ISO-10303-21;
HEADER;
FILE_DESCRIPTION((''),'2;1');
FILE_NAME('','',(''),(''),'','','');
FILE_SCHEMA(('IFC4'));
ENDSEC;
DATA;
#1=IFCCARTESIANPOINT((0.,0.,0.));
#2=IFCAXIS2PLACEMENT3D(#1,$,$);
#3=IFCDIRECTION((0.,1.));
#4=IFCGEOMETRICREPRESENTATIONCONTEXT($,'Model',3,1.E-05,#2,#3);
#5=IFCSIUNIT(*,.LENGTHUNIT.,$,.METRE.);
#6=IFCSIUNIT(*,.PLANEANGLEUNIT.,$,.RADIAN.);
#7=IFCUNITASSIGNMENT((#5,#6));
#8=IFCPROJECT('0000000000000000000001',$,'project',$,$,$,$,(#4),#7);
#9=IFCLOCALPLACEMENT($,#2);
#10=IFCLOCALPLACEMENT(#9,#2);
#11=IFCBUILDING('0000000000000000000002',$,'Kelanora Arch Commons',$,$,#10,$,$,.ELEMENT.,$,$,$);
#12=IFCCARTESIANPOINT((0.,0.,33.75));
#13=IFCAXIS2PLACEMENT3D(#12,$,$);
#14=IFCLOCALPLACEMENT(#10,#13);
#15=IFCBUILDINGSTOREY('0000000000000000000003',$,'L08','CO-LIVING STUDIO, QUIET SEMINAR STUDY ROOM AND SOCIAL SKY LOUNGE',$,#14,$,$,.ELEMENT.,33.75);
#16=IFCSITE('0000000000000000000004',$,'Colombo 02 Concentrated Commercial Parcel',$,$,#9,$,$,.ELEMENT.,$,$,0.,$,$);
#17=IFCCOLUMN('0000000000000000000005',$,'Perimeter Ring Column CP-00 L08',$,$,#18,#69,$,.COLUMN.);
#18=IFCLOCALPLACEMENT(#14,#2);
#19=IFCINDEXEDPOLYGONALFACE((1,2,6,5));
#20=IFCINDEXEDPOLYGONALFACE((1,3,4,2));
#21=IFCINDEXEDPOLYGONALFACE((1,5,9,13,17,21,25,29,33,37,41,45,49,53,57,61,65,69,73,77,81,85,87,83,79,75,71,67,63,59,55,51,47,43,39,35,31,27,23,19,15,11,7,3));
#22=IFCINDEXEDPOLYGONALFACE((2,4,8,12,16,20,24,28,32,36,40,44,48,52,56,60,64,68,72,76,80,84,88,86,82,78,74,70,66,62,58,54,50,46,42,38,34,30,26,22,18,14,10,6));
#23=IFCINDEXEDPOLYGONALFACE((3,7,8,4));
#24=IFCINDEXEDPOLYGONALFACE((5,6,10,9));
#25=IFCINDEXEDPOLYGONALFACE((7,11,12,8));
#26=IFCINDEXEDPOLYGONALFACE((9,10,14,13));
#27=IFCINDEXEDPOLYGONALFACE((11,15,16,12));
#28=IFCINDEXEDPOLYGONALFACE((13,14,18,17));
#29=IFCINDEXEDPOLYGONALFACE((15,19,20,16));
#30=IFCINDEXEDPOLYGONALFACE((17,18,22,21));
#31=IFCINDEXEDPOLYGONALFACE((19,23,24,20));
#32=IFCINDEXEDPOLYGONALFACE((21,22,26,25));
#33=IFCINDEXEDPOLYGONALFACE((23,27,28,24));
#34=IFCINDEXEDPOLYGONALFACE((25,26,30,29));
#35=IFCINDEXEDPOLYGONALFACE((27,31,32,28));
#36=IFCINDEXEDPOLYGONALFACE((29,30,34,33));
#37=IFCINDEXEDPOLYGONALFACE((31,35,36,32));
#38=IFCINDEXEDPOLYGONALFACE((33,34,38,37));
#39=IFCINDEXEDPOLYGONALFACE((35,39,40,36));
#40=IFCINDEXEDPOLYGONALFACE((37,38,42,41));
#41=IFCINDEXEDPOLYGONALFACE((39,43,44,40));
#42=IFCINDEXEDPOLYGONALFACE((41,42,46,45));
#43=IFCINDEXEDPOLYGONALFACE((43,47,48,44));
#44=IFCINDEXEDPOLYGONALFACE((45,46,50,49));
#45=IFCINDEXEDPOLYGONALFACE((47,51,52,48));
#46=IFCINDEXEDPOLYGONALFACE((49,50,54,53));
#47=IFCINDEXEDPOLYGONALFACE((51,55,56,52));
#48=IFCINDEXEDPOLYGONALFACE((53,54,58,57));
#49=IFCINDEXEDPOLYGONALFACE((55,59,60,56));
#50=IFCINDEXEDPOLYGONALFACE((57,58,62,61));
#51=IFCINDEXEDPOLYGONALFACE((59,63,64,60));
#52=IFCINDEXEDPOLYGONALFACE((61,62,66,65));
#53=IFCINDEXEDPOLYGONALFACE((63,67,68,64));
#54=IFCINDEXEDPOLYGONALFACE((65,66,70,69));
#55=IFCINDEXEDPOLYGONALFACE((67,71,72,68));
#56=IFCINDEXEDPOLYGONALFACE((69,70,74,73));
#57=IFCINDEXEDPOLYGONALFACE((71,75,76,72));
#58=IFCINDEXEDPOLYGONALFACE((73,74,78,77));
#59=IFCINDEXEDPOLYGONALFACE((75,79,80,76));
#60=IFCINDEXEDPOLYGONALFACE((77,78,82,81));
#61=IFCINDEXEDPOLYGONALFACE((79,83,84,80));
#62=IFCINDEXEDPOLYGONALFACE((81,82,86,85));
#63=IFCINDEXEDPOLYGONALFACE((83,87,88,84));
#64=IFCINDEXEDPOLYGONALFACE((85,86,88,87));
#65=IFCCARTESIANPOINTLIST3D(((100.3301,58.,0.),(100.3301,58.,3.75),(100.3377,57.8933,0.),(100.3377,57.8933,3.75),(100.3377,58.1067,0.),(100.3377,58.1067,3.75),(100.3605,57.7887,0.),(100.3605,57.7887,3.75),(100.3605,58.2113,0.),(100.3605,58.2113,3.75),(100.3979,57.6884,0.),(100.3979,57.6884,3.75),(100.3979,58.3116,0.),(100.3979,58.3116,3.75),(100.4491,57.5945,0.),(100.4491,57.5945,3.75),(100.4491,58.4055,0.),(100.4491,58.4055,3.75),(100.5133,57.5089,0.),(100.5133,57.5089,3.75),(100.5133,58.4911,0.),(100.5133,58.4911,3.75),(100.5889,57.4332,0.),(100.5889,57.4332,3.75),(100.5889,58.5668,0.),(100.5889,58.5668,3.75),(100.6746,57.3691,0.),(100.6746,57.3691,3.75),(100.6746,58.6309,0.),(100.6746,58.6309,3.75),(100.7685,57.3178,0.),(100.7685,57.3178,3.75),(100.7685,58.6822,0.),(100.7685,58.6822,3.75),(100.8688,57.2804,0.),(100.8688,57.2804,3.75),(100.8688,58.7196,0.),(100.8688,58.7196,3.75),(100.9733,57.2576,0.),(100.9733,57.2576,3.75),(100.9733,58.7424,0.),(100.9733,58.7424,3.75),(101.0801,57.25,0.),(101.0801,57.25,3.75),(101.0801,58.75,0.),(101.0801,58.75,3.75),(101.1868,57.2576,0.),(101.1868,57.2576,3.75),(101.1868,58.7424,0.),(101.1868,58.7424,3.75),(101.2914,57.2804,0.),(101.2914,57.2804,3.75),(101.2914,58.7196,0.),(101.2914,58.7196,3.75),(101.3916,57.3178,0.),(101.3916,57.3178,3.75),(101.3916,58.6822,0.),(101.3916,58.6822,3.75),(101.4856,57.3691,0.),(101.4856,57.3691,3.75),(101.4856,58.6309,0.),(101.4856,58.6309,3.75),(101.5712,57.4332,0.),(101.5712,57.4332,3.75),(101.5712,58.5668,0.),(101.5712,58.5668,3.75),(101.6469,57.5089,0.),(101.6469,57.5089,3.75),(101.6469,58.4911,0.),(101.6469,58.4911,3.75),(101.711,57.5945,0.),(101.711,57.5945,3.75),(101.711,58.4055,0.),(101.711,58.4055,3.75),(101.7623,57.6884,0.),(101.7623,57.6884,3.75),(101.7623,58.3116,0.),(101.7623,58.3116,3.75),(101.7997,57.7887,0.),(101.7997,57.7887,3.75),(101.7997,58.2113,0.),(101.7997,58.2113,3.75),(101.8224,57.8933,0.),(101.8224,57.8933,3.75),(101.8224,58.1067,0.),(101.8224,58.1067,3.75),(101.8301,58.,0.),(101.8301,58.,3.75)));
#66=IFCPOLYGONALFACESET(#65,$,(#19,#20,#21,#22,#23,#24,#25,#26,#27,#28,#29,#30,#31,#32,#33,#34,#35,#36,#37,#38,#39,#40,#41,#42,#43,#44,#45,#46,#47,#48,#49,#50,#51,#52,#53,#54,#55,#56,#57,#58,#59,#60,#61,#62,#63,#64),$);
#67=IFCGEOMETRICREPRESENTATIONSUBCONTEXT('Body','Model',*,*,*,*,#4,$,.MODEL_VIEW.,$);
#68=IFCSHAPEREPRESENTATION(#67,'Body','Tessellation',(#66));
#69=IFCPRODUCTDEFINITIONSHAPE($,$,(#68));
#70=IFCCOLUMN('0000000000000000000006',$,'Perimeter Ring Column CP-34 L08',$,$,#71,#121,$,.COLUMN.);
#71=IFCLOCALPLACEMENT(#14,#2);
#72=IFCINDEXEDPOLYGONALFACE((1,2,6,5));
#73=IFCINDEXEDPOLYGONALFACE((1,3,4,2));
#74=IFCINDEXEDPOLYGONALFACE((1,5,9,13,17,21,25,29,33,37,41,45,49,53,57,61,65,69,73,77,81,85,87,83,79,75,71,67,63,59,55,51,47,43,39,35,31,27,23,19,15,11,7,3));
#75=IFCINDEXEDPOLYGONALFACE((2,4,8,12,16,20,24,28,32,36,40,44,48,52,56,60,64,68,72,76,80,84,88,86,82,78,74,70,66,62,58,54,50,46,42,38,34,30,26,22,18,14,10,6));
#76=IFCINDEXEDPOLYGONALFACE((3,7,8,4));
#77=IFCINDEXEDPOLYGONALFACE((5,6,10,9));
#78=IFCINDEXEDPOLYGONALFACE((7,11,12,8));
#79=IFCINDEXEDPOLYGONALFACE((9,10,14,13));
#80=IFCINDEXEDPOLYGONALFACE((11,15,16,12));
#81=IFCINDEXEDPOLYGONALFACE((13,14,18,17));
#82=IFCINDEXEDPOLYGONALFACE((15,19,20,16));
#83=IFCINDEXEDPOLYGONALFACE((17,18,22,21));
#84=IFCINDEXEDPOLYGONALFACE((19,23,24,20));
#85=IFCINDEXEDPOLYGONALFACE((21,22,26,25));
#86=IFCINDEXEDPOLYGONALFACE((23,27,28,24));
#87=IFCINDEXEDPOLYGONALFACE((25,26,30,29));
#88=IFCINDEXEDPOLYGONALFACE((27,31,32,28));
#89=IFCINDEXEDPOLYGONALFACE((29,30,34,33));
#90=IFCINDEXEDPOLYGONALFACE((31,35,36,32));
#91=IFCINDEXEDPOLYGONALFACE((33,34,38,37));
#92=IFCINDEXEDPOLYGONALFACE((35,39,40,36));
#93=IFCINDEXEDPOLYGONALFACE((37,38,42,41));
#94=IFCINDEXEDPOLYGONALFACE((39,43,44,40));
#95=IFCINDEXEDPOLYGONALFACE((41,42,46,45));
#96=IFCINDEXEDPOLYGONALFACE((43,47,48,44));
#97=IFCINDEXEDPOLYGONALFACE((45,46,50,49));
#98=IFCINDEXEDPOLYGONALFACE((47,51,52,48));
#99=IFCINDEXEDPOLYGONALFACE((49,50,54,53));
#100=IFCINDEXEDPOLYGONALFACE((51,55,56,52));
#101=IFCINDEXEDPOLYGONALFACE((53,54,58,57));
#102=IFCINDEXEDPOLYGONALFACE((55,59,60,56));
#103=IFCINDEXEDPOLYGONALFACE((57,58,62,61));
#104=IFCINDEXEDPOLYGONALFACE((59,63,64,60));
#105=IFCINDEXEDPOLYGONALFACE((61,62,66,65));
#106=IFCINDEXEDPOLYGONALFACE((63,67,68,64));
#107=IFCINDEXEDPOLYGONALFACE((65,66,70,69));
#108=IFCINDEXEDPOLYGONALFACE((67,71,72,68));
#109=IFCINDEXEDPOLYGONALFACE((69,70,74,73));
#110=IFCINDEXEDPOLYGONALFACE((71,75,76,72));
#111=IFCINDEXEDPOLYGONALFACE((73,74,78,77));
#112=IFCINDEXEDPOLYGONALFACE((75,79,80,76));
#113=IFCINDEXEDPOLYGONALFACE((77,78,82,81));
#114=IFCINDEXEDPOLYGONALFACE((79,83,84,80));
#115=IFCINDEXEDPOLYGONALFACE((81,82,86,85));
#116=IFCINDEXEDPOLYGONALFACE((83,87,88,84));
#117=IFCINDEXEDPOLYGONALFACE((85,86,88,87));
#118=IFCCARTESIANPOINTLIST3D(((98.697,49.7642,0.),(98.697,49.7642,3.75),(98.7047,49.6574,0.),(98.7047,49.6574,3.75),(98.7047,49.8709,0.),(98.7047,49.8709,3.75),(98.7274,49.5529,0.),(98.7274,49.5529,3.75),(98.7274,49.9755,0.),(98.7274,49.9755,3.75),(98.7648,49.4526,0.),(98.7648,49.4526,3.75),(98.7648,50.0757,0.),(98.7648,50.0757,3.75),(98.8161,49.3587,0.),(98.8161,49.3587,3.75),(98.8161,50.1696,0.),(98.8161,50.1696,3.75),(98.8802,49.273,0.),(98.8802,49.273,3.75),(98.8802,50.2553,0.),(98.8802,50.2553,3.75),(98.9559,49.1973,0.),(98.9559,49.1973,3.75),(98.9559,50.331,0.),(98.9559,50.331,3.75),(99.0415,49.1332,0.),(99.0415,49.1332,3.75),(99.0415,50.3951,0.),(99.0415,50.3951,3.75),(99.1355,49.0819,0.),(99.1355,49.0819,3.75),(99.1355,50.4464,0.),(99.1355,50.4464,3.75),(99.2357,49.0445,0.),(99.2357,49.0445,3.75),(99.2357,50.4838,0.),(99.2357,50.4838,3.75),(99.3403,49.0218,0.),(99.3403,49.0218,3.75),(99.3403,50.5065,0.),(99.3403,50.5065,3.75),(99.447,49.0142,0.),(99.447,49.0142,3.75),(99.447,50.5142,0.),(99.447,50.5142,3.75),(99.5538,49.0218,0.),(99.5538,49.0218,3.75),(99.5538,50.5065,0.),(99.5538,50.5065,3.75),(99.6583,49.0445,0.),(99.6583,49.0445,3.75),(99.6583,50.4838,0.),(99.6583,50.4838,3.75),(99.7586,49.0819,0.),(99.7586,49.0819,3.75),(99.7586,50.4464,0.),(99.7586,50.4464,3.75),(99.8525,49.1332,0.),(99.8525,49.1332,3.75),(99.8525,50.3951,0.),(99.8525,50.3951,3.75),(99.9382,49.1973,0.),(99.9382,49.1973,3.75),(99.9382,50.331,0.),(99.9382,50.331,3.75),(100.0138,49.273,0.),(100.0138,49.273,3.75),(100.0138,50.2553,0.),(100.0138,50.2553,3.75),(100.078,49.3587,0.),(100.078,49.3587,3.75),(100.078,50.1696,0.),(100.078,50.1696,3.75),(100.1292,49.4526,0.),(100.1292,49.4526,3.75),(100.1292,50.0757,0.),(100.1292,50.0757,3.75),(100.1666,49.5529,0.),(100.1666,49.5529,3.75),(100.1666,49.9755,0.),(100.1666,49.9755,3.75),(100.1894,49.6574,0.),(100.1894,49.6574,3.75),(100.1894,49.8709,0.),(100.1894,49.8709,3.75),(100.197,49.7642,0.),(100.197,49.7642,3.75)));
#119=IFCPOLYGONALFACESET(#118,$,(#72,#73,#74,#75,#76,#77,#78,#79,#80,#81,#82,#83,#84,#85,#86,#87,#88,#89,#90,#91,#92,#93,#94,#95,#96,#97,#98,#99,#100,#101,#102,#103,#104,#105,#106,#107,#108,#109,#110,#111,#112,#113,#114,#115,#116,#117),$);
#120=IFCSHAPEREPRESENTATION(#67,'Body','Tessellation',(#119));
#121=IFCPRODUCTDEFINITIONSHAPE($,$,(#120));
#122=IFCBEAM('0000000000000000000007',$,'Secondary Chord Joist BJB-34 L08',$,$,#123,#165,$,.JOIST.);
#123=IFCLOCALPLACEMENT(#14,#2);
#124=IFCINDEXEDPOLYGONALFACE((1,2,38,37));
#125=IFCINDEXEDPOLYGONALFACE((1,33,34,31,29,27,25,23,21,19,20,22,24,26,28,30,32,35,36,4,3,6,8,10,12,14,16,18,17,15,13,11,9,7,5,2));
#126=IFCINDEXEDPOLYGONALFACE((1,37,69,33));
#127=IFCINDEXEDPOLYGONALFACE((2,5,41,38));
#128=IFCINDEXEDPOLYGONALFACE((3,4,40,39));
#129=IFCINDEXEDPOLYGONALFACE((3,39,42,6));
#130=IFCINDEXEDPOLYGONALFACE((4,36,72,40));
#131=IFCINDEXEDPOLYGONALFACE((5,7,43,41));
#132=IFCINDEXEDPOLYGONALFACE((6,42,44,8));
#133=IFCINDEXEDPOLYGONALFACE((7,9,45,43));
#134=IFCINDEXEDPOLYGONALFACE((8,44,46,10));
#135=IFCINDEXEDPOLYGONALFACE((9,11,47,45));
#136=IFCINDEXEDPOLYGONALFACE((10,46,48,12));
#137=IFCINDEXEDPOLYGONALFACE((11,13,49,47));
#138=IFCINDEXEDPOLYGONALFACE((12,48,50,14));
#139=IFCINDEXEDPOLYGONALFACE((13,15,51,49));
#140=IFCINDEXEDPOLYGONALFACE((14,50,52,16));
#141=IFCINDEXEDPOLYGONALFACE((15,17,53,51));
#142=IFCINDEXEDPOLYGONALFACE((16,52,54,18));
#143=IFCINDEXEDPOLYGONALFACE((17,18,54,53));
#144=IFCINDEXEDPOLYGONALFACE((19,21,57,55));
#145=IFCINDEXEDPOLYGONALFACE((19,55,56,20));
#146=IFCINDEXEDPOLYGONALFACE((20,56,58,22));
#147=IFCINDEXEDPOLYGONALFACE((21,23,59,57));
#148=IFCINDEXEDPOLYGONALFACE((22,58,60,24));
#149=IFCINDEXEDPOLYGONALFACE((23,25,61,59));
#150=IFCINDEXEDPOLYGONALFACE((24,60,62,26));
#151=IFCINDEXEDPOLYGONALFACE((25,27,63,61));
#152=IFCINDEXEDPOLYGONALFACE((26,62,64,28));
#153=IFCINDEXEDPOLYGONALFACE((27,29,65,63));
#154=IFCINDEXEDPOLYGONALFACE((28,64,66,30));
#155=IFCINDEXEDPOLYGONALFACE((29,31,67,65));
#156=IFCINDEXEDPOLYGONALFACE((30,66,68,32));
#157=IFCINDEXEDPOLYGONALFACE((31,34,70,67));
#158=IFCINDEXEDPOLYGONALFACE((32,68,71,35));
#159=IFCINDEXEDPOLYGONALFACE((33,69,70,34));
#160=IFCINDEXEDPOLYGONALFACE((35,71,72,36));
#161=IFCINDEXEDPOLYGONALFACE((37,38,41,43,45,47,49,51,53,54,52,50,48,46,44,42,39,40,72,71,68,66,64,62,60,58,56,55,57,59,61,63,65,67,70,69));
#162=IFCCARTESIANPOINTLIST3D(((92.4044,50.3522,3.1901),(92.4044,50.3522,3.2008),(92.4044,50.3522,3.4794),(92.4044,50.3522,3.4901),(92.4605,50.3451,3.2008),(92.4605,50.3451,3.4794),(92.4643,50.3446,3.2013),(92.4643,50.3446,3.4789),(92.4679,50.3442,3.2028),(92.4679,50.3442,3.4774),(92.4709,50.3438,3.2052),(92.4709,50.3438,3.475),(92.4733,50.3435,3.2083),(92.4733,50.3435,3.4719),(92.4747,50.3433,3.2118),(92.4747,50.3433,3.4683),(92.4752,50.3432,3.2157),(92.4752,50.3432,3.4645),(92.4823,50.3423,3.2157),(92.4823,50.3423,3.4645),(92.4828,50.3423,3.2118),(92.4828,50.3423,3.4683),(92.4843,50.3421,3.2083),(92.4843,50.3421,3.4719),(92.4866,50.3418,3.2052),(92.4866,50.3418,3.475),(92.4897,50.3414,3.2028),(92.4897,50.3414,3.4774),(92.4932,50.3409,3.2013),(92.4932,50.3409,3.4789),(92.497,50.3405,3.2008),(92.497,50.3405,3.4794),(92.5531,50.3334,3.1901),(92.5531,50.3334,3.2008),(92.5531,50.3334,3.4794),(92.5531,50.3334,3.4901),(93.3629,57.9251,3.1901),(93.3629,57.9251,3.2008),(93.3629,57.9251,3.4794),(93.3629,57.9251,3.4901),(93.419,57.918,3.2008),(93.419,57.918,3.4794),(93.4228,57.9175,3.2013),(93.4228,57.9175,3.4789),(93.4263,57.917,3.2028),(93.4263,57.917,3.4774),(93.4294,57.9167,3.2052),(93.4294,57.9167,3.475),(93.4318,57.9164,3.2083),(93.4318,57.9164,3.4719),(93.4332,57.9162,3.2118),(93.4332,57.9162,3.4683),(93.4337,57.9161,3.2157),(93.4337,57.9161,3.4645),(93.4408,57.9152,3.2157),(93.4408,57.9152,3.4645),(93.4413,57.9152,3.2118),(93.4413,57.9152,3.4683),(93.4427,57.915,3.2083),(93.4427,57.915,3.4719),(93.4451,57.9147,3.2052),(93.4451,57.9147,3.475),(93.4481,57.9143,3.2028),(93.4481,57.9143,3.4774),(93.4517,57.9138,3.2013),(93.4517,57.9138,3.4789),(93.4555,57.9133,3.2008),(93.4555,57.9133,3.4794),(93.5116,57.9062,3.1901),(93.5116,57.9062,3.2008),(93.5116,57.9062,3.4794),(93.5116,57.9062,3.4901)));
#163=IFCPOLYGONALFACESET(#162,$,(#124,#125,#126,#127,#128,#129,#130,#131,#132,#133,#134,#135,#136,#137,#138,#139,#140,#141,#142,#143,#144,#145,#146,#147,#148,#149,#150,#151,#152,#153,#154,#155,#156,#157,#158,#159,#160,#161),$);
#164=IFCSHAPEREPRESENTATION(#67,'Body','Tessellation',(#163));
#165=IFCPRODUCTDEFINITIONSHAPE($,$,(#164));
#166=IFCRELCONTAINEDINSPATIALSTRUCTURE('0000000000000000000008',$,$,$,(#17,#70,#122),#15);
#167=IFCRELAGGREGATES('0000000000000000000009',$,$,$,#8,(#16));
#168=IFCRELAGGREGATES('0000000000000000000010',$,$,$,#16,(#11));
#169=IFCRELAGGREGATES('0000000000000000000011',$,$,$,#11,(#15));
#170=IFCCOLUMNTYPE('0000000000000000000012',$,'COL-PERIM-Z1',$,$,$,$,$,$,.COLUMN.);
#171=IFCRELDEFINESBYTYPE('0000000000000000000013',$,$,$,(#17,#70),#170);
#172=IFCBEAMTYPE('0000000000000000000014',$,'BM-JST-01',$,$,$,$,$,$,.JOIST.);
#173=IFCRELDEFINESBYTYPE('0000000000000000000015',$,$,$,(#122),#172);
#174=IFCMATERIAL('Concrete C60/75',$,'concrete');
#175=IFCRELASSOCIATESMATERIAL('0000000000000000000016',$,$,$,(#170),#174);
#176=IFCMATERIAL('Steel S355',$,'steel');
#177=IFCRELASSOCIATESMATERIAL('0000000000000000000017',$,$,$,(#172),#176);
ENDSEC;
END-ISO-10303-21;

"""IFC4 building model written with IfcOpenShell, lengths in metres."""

from ifc_helpers import new_model, si_unit, direction, frame, origin, origin_2d, place, context, subcontext, project, spatial, circle, i_section, extrude, material, material_profile, profile_set, type_object, element, save


model = new_model("IFC4")

# Units and contexts
model_context = context("Model", 3, precision=1e-05, world=origin(), true_north=direction((0.0, 1.0)))
body_context = subcontext(model_context, "Body", "Model", "MODEL_VIEW")
ifc_project = project(units=[si_unit("LENGTHUNIT", "METRE"), si_unit("PLANEANGLEUNIT", "RADIAN")], contexts=[model_context])

# Site, building, storey
site_placement = place(None, origin())
site = spatial("IfcSite", under=ifc_project, at=site_placement, Name="Colombo 02 Concentrated Commercial Parcel", CompositionType="ELEMENT", RefElevation=0.0)
building_placement = place(site_placement, origin())
building = spatial("IfcBuilding", under=site, at=building_placement, Name="Kelanora Arch Commons", CompositionType="ELEMENT")
storey_placement = place(building_placement, frame((0.0, 0.0, 33.75)))
storey = spatial("IfcBuildingStorey", under=building, at=storey_placement, Name="L08", Description="CO-LIVING STUDIO, QUIET SEMINAR STUDY ROOM AND SOCIAL SKY LOUNGE", CompositionType="ELEMENT", Elevation=33.75)

# Columns
ifc_material_1 = material(Name="Concrete C60/75", Category="concrete")
ifc_material_profile_1 = material_profile(ifc_material_1, circle(Radius=0.75, at=origin_2d()), Name="RCC1500")
ifc_profile_set_1 = profile_set([ifc_material_profile_1], Name="Concrete C60/75")
column_type = type_object("IfcColumnType", Name="COL-PERIM-Z1", PredefinedType="COLUMN", material=ifc_profile_set_1)
for number, where, z_axis, x_axis, name in (
    (1, (101.0801, 58.0, 0.0), (0.0, 0.0, 1.0), (1.0, 0.0, 0.0), "Perimeter Ring Column CP-00 L08"),
    (2, (99.447, 49.7642, 0.0), (0.0, 0.0, 1.0), (1.0, 0.0, 0.0), "Perimeter Ring Column CP-34 L08"),
):
    element("IfcColumn", number, at=place(storey_placement, frame(where, z_axis=z_axis, x_axis=x_axis)), inside=storey, type_object=column_type, Name=name, PredefinedType="COLUMN", context=body_context, shape_type="SweptSolid", body=[
        extrude(circle(Radius=0.75, at=origin_2d()), origin(), (0.0, 0.0, 1.0), 3.75),
    ])

# Beam
ifc_material_2 = material(Name="Steel S355", Category="steel")
ifc_material_profile_2 = material_profile(ifc_material_2, i_section(OverallWidth=0.1499, OverallDepth=0.3, WebThickness=0.0071, FlangeThickness=0.0107, FilletRadius=0.0149, at=origin_2d()), Name="IPE300")
ifc_profile_set_2 = profile_set([ifc_material_profile_2], Name="Steel S355")
beam_type_1 = type_object("IfcBeamType", Name="BM-JST-01", PredefinedType="JOIST", material=ifc_profile_set_2)
beam_1_placement = place(storey_placement, frame((92.4788, 50.3428, 3.3401), z_axis=(0.125566, 0.992085, 0.0), x_axis=(-0.992085, 0.125566, 0.0)))
element("IfcBeam", 3, at=beam_1_placement, inside=storey, type_object=beam_type_1, Name="Secondary Chord Joist BJB-34 L08", PredefinedType="JOIST", context=body_context, shape_type="SweptSolid", body=[
    extrude(i_section(OverallWidth=0.1499, OverallDepth=0.3, WebThickness=0.0071, FlangeThickness=0.0107, FilletRadius=0.0149, at=origin_2d()), origin(), (0.0, 0.0, 1.0), 7.6333),
])

save(model, "model.ifc")
